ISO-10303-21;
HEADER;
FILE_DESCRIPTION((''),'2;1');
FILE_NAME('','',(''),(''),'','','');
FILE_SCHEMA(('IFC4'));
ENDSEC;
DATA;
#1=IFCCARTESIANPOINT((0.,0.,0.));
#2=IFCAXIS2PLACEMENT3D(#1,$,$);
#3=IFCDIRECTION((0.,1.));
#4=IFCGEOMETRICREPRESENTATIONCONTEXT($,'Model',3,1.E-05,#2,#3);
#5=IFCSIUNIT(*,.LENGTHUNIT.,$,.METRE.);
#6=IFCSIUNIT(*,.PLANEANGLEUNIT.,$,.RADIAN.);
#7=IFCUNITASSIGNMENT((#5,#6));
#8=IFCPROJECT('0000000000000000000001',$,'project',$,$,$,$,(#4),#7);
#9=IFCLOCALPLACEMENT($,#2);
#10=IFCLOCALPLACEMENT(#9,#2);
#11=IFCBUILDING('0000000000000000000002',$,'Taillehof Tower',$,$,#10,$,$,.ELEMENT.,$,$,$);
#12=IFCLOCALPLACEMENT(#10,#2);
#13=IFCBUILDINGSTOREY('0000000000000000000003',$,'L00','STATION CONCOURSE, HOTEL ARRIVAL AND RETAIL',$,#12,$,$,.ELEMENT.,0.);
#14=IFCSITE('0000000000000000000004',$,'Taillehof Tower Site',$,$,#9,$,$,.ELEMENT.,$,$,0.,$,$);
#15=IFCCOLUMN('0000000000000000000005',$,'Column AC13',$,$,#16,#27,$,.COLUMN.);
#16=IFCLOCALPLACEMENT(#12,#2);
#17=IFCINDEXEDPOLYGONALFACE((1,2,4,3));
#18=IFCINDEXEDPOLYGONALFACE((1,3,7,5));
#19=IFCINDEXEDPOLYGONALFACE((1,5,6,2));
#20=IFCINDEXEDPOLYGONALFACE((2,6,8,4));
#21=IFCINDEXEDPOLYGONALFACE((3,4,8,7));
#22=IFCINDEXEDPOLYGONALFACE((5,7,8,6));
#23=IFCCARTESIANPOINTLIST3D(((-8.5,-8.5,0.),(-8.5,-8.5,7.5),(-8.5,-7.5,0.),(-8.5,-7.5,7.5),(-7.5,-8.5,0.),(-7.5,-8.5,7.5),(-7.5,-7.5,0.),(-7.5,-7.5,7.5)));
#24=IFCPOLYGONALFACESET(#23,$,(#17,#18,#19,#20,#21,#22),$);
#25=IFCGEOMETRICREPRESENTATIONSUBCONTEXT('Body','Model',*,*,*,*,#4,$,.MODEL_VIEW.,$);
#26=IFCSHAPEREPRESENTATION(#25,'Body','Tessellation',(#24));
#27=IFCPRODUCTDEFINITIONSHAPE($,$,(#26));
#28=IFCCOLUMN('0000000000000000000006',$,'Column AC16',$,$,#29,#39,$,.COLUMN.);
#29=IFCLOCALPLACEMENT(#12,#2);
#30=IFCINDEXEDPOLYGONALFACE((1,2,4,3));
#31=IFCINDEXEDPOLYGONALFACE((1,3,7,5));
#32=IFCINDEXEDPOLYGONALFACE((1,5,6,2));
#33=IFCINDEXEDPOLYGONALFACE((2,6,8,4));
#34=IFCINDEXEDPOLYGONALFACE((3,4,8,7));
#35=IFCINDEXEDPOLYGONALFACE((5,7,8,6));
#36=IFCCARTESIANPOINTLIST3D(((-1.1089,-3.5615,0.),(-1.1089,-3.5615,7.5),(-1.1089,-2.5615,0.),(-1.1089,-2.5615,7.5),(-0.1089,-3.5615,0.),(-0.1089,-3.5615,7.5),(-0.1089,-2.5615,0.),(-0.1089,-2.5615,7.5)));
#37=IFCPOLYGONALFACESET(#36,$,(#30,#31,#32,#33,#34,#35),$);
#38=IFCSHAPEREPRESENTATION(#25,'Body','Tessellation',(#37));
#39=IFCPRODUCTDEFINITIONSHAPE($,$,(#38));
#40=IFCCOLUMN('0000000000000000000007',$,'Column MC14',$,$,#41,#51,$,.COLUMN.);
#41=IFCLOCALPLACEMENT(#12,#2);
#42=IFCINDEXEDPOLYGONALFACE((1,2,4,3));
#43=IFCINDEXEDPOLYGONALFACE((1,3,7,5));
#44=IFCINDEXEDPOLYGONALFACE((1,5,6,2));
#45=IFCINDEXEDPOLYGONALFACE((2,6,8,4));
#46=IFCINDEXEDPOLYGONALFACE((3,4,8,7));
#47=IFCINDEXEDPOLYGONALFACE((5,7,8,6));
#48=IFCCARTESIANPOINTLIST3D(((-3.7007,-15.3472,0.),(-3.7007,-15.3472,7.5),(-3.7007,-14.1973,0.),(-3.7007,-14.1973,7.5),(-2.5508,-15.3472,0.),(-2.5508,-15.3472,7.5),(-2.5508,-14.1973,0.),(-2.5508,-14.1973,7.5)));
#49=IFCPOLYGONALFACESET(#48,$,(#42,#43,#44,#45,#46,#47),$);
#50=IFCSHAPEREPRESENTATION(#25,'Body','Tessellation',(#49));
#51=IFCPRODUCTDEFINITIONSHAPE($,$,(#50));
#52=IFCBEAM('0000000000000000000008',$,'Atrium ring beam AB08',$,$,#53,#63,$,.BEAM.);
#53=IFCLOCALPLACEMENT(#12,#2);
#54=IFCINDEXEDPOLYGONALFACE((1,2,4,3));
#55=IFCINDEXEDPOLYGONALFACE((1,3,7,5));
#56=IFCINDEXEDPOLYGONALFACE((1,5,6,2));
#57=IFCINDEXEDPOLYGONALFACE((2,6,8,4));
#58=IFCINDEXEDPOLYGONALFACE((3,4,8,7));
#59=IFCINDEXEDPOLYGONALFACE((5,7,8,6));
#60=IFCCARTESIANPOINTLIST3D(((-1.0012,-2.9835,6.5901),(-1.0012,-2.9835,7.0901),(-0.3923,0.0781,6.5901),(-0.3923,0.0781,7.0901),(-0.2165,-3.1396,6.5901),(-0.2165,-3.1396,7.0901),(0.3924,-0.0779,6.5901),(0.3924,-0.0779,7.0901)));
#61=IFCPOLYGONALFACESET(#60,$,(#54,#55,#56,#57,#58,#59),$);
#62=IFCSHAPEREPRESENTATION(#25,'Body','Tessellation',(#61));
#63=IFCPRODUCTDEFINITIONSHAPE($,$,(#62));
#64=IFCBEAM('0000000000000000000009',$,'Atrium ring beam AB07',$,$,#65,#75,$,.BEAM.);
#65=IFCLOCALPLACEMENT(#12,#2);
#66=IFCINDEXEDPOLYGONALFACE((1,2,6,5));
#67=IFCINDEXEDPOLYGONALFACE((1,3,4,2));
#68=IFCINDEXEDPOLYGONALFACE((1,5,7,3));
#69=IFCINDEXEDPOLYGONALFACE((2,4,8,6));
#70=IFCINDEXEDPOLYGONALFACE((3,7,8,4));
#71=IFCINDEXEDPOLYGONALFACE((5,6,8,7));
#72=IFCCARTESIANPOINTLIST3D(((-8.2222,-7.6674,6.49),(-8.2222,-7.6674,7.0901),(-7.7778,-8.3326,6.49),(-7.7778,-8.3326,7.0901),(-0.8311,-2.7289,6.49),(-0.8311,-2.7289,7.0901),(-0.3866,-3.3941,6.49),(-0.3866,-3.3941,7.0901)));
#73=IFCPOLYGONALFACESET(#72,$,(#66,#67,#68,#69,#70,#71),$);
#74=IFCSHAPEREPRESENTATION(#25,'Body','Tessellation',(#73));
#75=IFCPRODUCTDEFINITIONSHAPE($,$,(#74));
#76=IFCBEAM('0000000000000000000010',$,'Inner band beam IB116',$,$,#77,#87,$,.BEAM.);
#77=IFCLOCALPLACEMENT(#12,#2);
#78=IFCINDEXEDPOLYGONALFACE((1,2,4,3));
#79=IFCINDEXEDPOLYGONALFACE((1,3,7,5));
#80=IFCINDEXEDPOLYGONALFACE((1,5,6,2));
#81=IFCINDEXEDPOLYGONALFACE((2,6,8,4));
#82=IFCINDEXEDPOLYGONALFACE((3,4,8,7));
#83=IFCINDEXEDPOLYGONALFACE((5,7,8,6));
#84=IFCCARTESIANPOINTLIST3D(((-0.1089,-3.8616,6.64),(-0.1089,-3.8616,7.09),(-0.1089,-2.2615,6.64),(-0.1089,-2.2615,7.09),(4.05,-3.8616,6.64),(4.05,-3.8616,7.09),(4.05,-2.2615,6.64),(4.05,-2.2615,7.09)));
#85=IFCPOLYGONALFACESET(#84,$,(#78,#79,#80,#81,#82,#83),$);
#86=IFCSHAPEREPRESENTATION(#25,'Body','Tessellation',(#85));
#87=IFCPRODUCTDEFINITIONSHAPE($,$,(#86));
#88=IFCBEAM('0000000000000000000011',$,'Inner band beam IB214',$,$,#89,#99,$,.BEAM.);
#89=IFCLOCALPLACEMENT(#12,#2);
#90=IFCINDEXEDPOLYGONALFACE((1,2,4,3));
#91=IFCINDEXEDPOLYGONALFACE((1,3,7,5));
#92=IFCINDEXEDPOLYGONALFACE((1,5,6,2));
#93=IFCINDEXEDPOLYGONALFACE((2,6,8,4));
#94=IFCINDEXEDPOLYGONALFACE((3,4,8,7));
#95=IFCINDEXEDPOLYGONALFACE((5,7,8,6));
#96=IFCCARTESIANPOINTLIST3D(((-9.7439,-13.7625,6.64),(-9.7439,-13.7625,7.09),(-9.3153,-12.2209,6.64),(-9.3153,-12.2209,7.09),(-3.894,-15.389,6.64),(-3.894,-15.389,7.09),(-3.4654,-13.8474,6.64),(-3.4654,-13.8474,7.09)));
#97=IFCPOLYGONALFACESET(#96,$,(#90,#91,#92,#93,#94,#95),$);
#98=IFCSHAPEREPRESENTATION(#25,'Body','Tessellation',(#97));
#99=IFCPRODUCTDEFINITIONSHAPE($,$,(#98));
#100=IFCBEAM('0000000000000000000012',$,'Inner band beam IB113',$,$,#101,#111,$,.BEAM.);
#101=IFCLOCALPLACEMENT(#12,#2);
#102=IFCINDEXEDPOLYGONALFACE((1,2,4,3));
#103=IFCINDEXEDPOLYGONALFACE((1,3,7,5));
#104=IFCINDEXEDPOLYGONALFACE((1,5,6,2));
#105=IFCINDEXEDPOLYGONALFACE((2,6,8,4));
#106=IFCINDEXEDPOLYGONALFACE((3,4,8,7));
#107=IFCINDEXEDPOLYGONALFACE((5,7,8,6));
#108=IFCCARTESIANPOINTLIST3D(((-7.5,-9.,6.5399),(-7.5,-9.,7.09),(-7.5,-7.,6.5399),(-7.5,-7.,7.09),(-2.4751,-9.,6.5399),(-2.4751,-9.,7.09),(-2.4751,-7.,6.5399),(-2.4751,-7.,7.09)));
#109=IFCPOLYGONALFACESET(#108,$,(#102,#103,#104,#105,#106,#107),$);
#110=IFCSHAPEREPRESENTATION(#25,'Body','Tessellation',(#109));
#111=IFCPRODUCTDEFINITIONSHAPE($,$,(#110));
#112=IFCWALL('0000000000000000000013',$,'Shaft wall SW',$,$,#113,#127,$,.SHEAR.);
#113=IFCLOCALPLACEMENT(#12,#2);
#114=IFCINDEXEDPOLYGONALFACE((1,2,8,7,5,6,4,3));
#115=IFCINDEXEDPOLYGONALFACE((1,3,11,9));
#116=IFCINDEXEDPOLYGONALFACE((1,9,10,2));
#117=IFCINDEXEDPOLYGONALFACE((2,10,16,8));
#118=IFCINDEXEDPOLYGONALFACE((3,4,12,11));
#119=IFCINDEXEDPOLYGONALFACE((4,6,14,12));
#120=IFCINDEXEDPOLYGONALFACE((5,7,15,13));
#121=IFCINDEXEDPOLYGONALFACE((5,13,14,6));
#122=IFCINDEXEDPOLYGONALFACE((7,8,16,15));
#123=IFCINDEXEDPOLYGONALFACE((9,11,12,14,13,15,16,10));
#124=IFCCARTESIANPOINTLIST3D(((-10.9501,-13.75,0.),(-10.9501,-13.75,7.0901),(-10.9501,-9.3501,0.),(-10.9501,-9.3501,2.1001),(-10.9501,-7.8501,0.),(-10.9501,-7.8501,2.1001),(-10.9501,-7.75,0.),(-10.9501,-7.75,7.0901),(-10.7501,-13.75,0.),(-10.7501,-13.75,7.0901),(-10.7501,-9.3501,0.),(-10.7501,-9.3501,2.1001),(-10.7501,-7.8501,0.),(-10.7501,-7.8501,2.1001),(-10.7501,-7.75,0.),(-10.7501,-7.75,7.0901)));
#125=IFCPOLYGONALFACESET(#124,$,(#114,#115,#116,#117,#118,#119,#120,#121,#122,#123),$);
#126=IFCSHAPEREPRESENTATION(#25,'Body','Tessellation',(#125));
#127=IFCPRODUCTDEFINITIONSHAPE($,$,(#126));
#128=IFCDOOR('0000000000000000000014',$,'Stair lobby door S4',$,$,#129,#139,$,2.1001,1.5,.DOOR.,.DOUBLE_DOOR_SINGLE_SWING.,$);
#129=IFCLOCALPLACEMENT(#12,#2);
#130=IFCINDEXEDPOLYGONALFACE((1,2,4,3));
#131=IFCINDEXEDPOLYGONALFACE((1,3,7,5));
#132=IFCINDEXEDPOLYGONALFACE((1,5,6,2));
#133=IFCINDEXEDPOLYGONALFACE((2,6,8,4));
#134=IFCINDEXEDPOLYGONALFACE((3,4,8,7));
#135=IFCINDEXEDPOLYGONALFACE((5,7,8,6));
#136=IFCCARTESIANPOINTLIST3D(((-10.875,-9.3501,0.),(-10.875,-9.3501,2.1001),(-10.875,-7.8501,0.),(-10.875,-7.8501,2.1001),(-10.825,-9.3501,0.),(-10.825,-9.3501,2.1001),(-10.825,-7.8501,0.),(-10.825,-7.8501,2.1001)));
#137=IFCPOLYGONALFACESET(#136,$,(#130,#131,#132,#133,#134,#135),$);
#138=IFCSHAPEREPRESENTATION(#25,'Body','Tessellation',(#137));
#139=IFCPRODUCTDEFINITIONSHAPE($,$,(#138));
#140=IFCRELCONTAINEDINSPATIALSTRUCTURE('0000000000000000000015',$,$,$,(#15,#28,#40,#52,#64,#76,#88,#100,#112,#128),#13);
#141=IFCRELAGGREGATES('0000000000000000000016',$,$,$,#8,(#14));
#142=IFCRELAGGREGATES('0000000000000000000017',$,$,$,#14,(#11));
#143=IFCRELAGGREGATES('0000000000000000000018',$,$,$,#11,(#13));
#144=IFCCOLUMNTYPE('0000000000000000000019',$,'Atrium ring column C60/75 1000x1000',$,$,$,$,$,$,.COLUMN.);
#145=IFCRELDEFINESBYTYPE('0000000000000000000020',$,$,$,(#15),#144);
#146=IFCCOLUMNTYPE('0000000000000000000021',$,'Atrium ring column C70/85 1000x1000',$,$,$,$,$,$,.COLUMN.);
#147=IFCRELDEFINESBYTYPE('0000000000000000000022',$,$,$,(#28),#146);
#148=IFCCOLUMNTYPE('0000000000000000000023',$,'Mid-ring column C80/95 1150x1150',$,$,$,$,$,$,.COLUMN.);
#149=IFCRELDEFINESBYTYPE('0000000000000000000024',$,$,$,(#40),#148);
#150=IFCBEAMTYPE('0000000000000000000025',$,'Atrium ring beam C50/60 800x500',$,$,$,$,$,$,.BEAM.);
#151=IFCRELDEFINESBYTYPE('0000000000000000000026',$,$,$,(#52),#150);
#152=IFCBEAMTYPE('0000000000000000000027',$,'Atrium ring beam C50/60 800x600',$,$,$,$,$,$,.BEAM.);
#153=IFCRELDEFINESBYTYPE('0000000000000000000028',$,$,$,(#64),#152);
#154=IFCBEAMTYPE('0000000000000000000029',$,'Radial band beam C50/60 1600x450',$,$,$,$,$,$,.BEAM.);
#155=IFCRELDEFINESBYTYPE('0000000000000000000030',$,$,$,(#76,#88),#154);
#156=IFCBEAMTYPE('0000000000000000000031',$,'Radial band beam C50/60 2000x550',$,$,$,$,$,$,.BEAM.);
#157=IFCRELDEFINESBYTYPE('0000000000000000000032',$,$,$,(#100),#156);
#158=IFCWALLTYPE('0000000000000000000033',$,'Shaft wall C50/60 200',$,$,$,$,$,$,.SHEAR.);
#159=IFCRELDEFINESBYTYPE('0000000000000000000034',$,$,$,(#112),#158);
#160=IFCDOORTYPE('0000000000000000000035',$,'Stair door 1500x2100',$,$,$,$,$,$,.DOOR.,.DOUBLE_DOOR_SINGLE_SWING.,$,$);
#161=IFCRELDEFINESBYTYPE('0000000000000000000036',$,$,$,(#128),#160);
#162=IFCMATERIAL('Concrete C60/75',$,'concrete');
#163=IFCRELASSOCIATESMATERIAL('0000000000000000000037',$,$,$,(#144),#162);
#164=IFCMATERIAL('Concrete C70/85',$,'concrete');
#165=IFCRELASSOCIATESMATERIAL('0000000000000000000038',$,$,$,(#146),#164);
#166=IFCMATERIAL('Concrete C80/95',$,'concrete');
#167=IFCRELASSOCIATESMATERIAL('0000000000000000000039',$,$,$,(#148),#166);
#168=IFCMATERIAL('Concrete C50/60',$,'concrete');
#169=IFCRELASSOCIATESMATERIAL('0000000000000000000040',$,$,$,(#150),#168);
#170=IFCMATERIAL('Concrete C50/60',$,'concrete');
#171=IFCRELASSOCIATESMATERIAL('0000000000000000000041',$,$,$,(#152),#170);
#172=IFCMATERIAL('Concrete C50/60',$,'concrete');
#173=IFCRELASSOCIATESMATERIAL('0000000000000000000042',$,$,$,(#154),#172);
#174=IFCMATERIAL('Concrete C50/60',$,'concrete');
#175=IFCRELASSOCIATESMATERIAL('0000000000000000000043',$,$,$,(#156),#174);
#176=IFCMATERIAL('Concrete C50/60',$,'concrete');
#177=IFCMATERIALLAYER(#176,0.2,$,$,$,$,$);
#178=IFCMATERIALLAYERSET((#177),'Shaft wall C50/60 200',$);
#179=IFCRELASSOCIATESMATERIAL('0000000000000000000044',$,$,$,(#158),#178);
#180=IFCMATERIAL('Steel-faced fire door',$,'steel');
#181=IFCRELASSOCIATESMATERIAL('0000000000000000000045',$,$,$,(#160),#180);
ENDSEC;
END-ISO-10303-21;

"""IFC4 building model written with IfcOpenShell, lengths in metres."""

from ifc_helpers import new_model, si_unit, direction, frame, frame_2d, origin, origin_2d, place, context, subcontext, project, spatial, rectangle, extrude, material, layer, layer_set, material_profile, profile_set, type_object, element, fill, save


model = new_model("IFC4")

# Units and contexts
model_context = context("Model", 3, precision=1e-05, world=origin(), true_north=direction((0.0, 1.0)))
body_context = subcontext(model_context, "Body", "Model", "MODEL_VIEW")
ifc_project = project(units=[si_unit("LENGTHUNIT", "METRE"), si_unit("PLANEANGLEUNIT", "RADIAN")], contexts=[model_context])

# Site, building, storey
site_placement = place(None, origin())
site = spatial("IfcSite", under=ifc_project, at=site_placement, Name="Taillehof Tower Site", CompositionType="ELEMENT", RefElevation=0.0)
building_placement = place(site_placement, origin())
building = spatial("IfcBuilding", under=site, at=building_placement, Name="Taillehof Tower", CompositionType="ELEMENT")
storey_placement = place(building_placement, origin())
storey = spatial("IfcBuildingStorey", under=building, at=storey_placement, Name="L00", Description="STATION CONCOURSE, HOTEL ARRIVAL AND RETAIL", CompositionType="ELEMENT", Elevation=0.0)

# Columns
ifc_material_1 = material(Name="Concrete C60/75", Category="concrete")
ifc_material_profile_1 = material_profile(ifc_material_1, rectangle(XDim=1.0, YDim=1.0, at=origin_2d()), Name="RC 1000x1000")
ifc_profile_set_1 = profile_set([ifc_material_profile_1], Name="Concrete C60/75")
column_type_1 = type_object("IfcColumnType", Name="Atrium ring column C60/75 1000x1000", PredefinedType="COLUMN", material=ifc_profile_set_1)
column_1_placement = place(storey_placement, frame((-8.0, -8.0, 0.0), z_axis=(0.0, 0.0, 1.0), x_axis=(1.0, 0.0, 0.0)))
element("IfcColumn", 1, at=column_1_placement, inside=storey, type_object=column_type_1, Name="Column AC13", PredefinedType="COLUMN", context=body_context, shape_type="SweptSolid", body=[
    extrude(rectangle(XDim=1.0, YDim=1.0, at=origin_2d()), origin(), (0.0, 0.0, 1.0), 7.5),
])
ifc_material_2 = material(Name="Concrete C70/85", Category="concrete")
ifc_material_profile_2 = material_profile(ifc_material_2, rectangle(XDim=1.0, YDim=1.0, at=origin_2d()), Name="RC 1000x1000")
ifc_profile_set_2 = profile_set([ifc_material_profile_2], Name="Concrete C70/85")
column_type_2 = type_object("IfcColumnType", Name="Atrium ring column C70/85 1000x1000", PredefinedType="COLUMN", material=ifc_profile_set_2)
column_2_placement = place(storey_placement, frame((-0.6089, -3.0615, 0.0), z_axis=(0.0, 0.0, 1.0), x_axis=(1.0, 0.0, 0.0)))
element("IfcColumn", 2, at=column_2_placement, inside=storey, type_object=column_type_2, Name="Column AC16", PredefinedType="COLUMN", context=body_context, shape_type="SweptSolid", body=[
    extrude(rectangle(XDim=1.0, YDim=1.0, at=origin_2d()), origin(), (0.0, 0.0, 1.0), 7.5),
])
ifc_material_3 = material(Name="Concrete C80/95", Category="concrete")
ifc_material_profile_3 = material_profile(ifc_material_3, rectangle(XDim=1.1499, YDim=1.1499, at=origin_2d()), Name="RC 1150x1150")
ifc_profile_set_3 = profile_set([ifc_material_profile_3], Name="Concrete C80/95")
column_type_3 = type_object("IfcColumnType", Name="Mid-ring column C80/95 1150x1150", PredefinedType="COLUMN", material=ifc_profile_set_3)
column_3_placement = place(storey_placement, frame((-3.1257, -14.7722, 0.0), z_axis=(0.0, 0.0, 1.0), x_axis=(1.0, 0.0, 0.0)))
element("IfcColumn", 3, at=column_3_placement, inside=storey, type_object=column_type_3, Name="Column MC14", PredefinedType="COLUMN", context=body_context, shape_type="SweptSolid", body=[
    extrude(rectangle(XDim=1.1499, YDim=1.1499, at=origin_2d()), origin(), (0.0, 0.0, 1.0), 7.5),
])

# Beams
ifc_material_4 = material(Name="Concrete C50/60", Category="concrete")
ifc_material_profile_4 = material_profile(ifc_material_4, rectangle(XDim=0.8, YDim=0.5, at=origin_2d()), Name="RC 800x500")
ifc_profile_set_4 = profile_set([ifc_material_profile_4], Name="Concrete C50/60")
beam_type_1 = type_object("IfcBeamType", Name="Atrium ring beam C50/60 800x500", PredefinedType="BEAM", material=ifc_profile_set_4)
beam_1_placement = place(storey_placement, frame((-0.6089, -3.0615, 6.8401), z_axis=(0.195063, 0.980791, 0.0), x_axis=(-0.980791, 0.195063, 0.0)))
element("IfcBeam", 4, at=beam_1_placement, inside=storey, type_object=beam_type_1, Name="Atrium ring beam AB08", PredefinedType="BEAM", context=body_context, shape_type="SweptSolid", body=[
    extrude(rectangle(XDim=0.8, YDim=0.5, at=origin_2d()), origin(), (0.0, 0.0, 1.0), 3.1216),
])
ifc_material_5 = material(Name="Concrete C50/60", Category="concrete")
ifc_material_profile_5 = material_profile(ifc_material_5, rectangle(XDim=0.8, YDim=0.6001, at=origin_2d()), Name="RC 800x600")
ifc_profile_set_5 = profile_set([ifc_material_profile_5], Name="Concrete C50/60")
beam_type_2 = type_object("IfcBeamType", Name="Atrium ring beam C50/60 800x600", PredefinedType="BEAM", material=ifc_profile_set_5)
beam_2_placement = place(storey_placement, frame((-8.0, -8.0, 6.79), z_axis=(0.831475, 0.555562, 0.0), x_axis=(-0.555562, 0.831475, 0.0)))
element("IfcBeam", 5, at=beam_2_placement, inside=storey, type_object=beam_type_2, Name="Atrium ring beam AB07", PredefinedType="BEAM", context=body_context, shape_type="SweptSolid", body=[
    extrude(rectangle(XDim=0.8, YDim=0.6001, at=origin_2d()), origin(), (0.0, 0.0, 1.0), 8.8892),
])
ifc_material_6 = material(Name="Concrete C50/60", Category="concrete")
ifc_material_profile_6 = material_profile(ifc_material_6, rectangle(XDim=1.6001, YDim=0.45, at=origin_2d()), Name="RC 1600x450")
ifc_profile_set_6 = profile_set([ifc_material_profile_6], Name="Concrete C50/60")
beam_type_3 = type_object("IfcBeamType", Name="Radial band beam C50/60 1600x450", PredefinedType="BEAM", material=ifc_profile_set_6)
beam_3_placement = place(storey_placement, frame((-0.1089, -3.0615, 6.865), z_axis=(1.0, 0.0, 0.0), x_axis=(0.0, 1.0, 0.0)))
element("IfcBeam", 6, at=beam_3_placement, inside=storey, type_object=beam_type_3, Name="Inner band beam IB116", PredefinedType="BEAM", context=body_context, shape_type="SweptSolid", body=[
    extrude(rectangle(XDim=1.6001, YDim=0.45, at=origin_2d()), origin(), (0.0, 0.0, 1.0), 4.1589),
])
beam_4_placement = place(storey_placement, frame((-3.6797, -14.6182, 6.865), z_axis=(-0.963454, 0.267874, 0.0), x_axis=(-0.267874, -0.963454, 0.0)))
element("IfcBeam", 7, at=beam_4_placement, inside=storey, type_object=beam_type_3, Name="Inner band beam IB214", PredefinedType="BEAM", context=body_context, shape_type="SweptSolid", body=[
    extrude(rectangle(XDim=1.6001, YDim=0.45, at=origin_2d()), origin(), (0.0, 0.0, 1.0), 6.0718),
])
ifc_material_7 = material(Name="Concrete C50/60", Category="concrete")
ifc_material_profile_7 = material_profile(ifc_material_7, rectangle(XDim=2.0, YDim=0.55, at=origin_2d()), Name="RC 2000x550")
ifc_profile_set_7 = profile_set([ifc_material_profile_7], Name="Concrete C50/60")
beam_type_4 = type_object("IfcBeamType", Name="Radial band beam C50/60 2000x550", PredefinedType="BEAM", material=ifc_profile_set_7)
beam_5_placement = place(storey_placement, frame((-7.5, -8.0, 6.8149), z_axis=(1.0, 0.0, 0.0), x_axis=(0.0, 1.0, 0.0)))
element("IfcBeam", 8, at=beam_5_placement, inside=storey, type_object=beam_type_4, Name="Inner band beam IB113", PredefinedType="BEAM", context=body_context, shape_type="SweptSolid", body=[
    extrude(rectangle(XDim=2.0, YDim=0.55, at=origin_2d()), origin(), (0.0, 0.0, 1.0), 5.0249),
])

# Wall, opening, door
ifc_material_8 = material(Name="Concrete C50/60", Category="concrete")
ifc_layer_1 = layer(ifc_material_8, 0.2)
ifc_layer_set_1 = layer_set([ifc_layer_1], Name="Shaft wall C50/60 200")
wall_type_1 = type_object("IfcWallType", Name="Shaft wall C50/60 200", PredefinedType="SHEAR", material=ifc_layer_set_1)
wall_1_placement = place(storey_placement, frame((-10.8501, -13.75, 0.0), z_axis=(0.0, 0.0, 1.0), x_axis=(0.0, 1.0, 0.0)))
wall_1 = element("IfcWall", 9, at=wall_1_placement, inside=storey, type_object=wall_type_1, Name="Shaft wall SW", PredefinedType="SHEAR", context=body_context, shape_type="SweptSolid", body=[
    extrude(rectangle(XDim=6.0, YDim=0.2, at=frame_2d((3.0, 0.0))), origin(), (0.0, 0.0, 1.0), 7.0901),
])
opening_1_placement = place(wall_1_placement, frame((4.3999, 0.0, 0.0)))
opening_1 = element("IfcOpeningElement", 10, at=opening_1_placement, cuts=wall_1, PredefinedType="OPENING", context=body_context, shape_type="SweptSolid", body=[
    extrude(rectangle(XDim=1.5, YDim=2.1001, at=frame_2d((0.75, 1.05))), frame((0.0, 0.1099, 0.0), z_axis=(0.0, -1.0, 0.0), x_axis=(1.0, 0.0, 0.0)), (0.0, 0.0, 1.0), 0.22),
])
ifc_material_9 = material(Name="Steel-faced fire door", Category="steel")
door_type = type_object("IfcDoorType", Name="Stair door 1500x2100", OperationType="DOUBLE_DOOR_SINGLE_SWING", PredefinedType="DOOR", material=ifc_material_9)
door_1_placement = place(opening_1_placement, origin())
door_1 = element("IfcDoor", 11, at=door_1_placement, inside=storey, type_object=door_type, Name="Stair lobby door S4", OperationType="DOUBLE_DOOR_SINGLE_SWING", OverallHeight=2.1001, OverallWidth=1.5, PredefinedType="DOOR", context=body_context, shape_type="SweptSolid", body=[
    extrude(rectangle(XDim=1.5, YDim=2.1001, at=frame_2d((0.75, 1.05))), frame((0.0, 0.0249, 0.0), z_axis=(0.0, -1.0, 0.0), x_axis=(1.0, 0.0, 0.0)), (0.0, 0.0, 1.0), 0.05),
])
fill(opening_1, door_1)

save(model, "model.ifc")
